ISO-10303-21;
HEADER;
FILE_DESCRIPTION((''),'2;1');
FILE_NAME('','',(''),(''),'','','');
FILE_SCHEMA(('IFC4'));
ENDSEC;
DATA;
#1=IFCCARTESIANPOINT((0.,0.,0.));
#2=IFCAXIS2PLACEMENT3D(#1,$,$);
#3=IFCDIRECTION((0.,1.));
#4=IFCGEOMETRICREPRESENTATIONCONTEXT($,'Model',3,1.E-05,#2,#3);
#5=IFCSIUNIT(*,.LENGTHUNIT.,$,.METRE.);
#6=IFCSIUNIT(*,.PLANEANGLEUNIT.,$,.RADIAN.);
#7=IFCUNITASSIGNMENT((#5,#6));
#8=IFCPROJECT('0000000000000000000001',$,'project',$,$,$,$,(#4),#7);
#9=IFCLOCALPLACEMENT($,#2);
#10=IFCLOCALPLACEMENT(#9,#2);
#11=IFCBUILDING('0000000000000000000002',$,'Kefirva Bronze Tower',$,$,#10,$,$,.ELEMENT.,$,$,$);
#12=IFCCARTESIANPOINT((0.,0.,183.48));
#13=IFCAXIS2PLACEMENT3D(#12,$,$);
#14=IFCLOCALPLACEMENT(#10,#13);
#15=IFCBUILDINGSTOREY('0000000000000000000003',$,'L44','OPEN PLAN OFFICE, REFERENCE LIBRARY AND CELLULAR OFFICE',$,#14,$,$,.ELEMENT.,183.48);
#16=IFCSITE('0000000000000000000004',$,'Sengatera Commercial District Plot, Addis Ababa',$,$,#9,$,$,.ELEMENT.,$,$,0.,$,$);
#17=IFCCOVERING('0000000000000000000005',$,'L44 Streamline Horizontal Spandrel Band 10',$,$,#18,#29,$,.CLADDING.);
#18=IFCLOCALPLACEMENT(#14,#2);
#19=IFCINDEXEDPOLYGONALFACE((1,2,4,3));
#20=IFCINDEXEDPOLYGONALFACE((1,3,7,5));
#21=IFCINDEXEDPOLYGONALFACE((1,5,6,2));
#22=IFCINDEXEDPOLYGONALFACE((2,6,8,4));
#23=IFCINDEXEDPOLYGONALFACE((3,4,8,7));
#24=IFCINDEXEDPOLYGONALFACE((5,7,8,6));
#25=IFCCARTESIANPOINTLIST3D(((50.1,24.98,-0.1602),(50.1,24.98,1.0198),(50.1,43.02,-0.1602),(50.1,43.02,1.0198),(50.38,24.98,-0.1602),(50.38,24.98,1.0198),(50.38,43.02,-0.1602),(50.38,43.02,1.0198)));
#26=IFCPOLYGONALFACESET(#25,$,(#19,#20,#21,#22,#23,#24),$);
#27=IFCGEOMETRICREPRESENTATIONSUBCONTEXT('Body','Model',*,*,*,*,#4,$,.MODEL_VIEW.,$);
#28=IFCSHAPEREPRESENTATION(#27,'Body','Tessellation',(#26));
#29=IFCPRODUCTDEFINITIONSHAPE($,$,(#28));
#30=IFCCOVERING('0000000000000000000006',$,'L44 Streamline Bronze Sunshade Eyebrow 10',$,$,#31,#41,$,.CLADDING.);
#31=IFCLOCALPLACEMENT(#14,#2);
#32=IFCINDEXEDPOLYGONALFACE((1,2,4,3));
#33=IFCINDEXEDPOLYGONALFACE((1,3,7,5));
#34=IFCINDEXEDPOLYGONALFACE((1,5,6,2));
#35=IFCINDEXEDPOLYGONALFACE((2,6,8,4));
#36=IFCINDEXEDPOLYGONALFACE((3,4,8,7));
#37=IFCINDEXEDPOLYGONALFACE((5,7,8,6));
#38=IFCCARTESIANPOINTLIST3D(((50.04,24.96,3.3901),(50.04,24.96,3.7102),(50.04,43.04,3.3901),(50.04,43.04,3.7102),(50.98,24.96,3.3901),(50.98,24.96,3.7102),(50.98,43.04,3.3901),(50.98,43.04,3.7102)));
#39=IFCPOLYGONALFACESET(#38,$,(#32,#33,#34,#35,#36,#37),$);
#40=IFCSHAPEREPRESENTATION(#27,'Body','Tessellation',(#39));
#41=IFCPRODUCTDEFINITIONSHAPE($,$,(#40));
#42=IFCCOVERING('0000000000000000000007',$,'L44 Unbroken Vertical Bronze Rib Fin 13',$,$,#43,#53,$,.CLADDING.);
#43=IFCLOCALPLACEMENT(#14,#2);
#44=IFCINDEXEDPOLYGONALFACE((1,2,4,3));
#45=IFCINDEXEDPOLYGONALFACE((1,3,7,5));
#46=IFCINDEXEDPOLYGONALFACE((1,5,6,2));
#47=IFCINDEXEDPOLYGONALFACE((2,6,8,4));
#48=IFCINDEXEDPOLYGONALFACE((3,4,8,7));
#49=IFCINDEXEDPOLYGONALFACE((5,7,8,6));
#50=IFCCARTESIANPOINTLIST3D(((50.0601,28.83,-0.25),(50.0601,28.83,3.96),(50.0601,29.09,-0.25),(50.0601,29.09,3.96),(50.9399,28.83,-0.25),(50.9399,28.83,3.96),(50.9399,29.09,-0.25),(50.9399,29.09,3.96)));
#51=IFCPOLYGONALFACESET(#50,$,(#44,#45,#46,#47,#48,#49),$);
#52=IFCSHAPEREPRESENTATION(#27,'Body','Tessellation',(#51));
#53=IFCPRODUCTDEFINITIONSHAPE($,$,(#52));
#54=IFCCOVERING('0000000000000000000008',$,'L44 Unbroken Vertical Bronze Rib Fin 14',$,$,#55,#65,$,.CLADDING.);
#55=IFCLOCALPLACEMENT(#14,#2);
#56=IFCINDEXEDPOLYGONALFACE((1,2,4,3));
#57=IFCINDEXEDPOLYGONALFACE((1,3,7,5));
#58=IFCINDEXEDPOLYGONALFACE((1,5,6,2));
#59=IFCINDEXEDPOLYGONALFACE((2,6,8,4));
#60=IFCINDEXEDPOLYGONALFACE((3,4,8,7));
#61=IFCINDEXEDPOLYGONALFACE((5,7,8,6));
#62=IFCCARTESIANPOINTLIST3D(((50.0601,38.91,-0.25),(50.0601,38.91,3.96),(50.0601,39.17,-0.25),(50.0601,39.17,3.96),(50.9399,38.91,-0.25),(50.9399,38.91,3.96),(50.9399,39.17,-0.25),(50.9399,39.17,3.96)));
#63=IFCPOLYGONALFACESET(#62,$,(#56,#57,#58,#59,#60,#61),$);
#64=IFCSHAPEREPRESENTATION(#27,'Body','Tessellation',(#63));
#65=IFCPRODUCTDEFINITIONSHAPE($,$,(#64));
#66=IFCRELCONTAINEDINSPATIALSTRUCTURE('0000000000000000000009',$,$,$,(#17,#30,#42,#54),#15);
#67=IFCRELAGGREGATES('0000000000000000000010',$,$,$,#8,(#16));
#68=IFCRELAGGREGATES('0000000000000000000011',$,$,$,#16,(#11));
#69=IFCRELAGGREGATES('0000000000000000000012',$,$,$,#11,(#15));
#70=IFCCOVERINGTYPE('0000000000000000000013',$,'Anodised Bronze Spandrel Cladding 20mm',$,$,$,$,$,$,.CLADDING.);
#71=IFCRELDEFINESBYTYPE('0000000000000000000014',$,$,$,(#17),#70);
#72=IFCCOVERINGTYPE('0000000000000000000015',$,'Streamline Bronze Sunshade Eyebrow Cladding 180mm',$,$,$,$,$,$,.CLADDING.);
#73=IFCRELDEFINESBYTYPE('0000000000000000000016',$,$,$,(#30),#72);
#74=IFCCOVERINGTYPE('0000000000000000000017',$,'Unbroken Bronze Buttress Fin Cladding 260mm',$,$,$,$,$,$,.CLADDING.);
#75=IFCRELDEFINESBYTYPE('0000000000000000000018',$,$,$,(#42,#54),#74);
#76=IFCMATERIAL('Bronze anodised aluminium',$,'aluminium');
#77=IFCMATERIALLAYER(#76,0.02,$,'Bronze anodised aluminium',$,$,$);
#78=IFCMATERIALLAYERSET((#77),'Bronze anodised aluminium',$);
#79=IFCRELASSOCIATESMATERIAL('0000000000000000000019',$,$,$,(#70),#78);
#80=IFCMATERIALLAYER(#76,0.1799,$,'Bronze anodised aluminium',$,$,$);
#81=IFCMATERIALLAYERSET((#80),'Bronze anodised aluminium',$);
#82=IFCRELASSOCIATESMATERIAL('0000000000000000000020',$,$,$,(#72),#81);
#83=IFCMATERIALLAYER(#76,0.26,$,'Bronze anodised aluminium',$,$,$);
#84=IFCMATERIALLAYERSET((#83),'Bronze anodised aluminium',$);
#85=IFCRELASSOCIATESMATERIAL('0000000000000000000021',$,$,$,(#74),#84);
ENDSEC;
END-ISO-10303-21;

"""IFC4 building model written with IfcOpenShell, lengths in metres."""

from ifc_helpers import new_model, si_unit, direction, frame, origin, origin_2d, place, context, subcontext, project, spatial, rectangle, extrude, material, layer, layer_set, type_object, element, save


model = new_model("IFC4")

# Units and contexts
model_context = context("Model", 3, precision=1e-05, world=origin(), true_north=direction((0.0, 1.0)))
body_context = subcontext(model_context, "Body", "Model", "MODEL_VIEW")
ifc_project = project(units=[si_unit("LENGTHUNIT", "METRE"), si_unit("PLANEANGLEUNIT", "RADIAN")], contexts=[model_context])

# Site, building, storey
site_placement = place(None, origin())
site = spatial("IfcSite", under=ifc_project, at=site_placement, Name="Sengatera Commercial District Plot, Addis Ababa", CompositionType="ELEMENT", RefElevation=0.0)
building_placement = place(site_placement, origin())
building = spatial("IfcBuilding", under=site, at=building_placement, Name="Kefirva Bronze Tower", CompositionType="ELEMENT")
storey_placement = place(building_placement, frame((0.0, 0.0, 183.48)))
storey = spatial("IfcBuildingStorey", under=building, at=storey_placement, Name="L44", Description="OPEN PLAN OFFICE, REFERENCE LIBRARY AND CELLULAR OFFICE", CompositionType="ELEMENT", Elevation=183.48)

# Shared definitions
ifc_material_1 = material(Name="Bronze anodised aluminium", Category="aluminium")

# Coverings
ifc_layer_1 = layer(ifc_material_1, 0.02, Name="Bronze anodised aluminium")
ifc_layer_set_1 = layer_set([ifc_layer_1], Name="Bronze anodised aluminium")
covering_type_1 = type_object("IfcCoveringType", Name="Anodised Bronze Spandrel Cladding 20mm", PredefinedType="CLADDING", material=ifc_layer_set_1)
covering_1_placement = place(storey_placement, frame((50.24, 34.0, -0.1602), z_axis=(0.0, 0.0, 1.0), x_axis=(0.0, 1.0, 0.0)))
element("IfcCovering", 1, at=covering_1_placement, inside=storey, type_object=covering_type_1, Name="L44 Streamline Horizontal Spandrel Band 10", PredefinedType="CLADDING", context=body_context, shape_type="SweptSolid", body=[
    extrude(rectangle(XDim=18.04, YDim=0.28, at=origin_2d()), origin(), (0.0, 0.0, 1.0), 1.1799),
])
ifc_layer_2 = layer(ifc_material_1, 0.1799, Name="Bronze anodised aluminium")
ifc_layer_set_2 = layer_set([ifc_layer_2], Name="Bronze anodised aluminium")
covering_type_2 = type_object("IfcCoveringType", Name="Streamline Bronze Sunshade Eyebrow Cladding 180mm", PredefinedType="CLADDING", material=ifc_layer_set_2)
covering_2_placement = place(storey_placement, frame((50.51, 34.0, 3.3901), z_axis=(0.0, 0.0, 1.0), x_axis=(0.0, 1.0, 0.0)))
element("IfcCovering", 2, at=covering_2_placement, inside=storey, type_object=covering_type_2, Name="L44 Streamline Bronze Sunshade Eyebrow 10", PredefinedType="CLADDING", context=body_context, shape_type="SweptSolid", body=[
    extrude(rectangle(XDim=18.0801, YDim=0.9399, at=origin_2d()), origin(), (0.0, 0.0, 1.0), 0.3201),
])
ifc_layer_3 = layer(ifc_material_1, 0.26, Name="Bronze anodised aluminium")
ifc_layer_set_3 = layer_set([ifc_layer_3], Name="Bronze anodised aluminium")
covering_type_3 = type_object("IfcCoveringType", Name="Unbroken Bronze Buttress Fin Cladding 260mm", PredefinedType="CLADDING", material=ifc_layer_set_3)
for number, where, z_axis, x_axis, name in (
    (3, (50.5, 28.96, -0.25), (0.0, 0.0, 1.0), (0.0, 1.0, 0.0), "L44 Unbroken Vertical Bronze Rib Fin 13"),
    (4, (50.5, 39.04, -0.25), (0.0, 0.0, 1.0), (0.0, 1.0, 0.0), "L44 Unbroken Vertical Bronze Rib Fin 14"),
):
    element("IfcCovering", number, at=place(storey_placement, frame(where, z_axis=z_axis, x_axis=x_axis)), inside=storey, type_object=covering_type_3, Name=name, PredefinedType="CLADDING", context=body_context, shape_type="SweptSolid", body=[
        extrude(rectangle(XDim=0.26, YDim=0.8799, at=origin_2d()), origin(), (0.0, 0.0, 1.0), 4.21),
    ])

save(model, "model.ifc")
